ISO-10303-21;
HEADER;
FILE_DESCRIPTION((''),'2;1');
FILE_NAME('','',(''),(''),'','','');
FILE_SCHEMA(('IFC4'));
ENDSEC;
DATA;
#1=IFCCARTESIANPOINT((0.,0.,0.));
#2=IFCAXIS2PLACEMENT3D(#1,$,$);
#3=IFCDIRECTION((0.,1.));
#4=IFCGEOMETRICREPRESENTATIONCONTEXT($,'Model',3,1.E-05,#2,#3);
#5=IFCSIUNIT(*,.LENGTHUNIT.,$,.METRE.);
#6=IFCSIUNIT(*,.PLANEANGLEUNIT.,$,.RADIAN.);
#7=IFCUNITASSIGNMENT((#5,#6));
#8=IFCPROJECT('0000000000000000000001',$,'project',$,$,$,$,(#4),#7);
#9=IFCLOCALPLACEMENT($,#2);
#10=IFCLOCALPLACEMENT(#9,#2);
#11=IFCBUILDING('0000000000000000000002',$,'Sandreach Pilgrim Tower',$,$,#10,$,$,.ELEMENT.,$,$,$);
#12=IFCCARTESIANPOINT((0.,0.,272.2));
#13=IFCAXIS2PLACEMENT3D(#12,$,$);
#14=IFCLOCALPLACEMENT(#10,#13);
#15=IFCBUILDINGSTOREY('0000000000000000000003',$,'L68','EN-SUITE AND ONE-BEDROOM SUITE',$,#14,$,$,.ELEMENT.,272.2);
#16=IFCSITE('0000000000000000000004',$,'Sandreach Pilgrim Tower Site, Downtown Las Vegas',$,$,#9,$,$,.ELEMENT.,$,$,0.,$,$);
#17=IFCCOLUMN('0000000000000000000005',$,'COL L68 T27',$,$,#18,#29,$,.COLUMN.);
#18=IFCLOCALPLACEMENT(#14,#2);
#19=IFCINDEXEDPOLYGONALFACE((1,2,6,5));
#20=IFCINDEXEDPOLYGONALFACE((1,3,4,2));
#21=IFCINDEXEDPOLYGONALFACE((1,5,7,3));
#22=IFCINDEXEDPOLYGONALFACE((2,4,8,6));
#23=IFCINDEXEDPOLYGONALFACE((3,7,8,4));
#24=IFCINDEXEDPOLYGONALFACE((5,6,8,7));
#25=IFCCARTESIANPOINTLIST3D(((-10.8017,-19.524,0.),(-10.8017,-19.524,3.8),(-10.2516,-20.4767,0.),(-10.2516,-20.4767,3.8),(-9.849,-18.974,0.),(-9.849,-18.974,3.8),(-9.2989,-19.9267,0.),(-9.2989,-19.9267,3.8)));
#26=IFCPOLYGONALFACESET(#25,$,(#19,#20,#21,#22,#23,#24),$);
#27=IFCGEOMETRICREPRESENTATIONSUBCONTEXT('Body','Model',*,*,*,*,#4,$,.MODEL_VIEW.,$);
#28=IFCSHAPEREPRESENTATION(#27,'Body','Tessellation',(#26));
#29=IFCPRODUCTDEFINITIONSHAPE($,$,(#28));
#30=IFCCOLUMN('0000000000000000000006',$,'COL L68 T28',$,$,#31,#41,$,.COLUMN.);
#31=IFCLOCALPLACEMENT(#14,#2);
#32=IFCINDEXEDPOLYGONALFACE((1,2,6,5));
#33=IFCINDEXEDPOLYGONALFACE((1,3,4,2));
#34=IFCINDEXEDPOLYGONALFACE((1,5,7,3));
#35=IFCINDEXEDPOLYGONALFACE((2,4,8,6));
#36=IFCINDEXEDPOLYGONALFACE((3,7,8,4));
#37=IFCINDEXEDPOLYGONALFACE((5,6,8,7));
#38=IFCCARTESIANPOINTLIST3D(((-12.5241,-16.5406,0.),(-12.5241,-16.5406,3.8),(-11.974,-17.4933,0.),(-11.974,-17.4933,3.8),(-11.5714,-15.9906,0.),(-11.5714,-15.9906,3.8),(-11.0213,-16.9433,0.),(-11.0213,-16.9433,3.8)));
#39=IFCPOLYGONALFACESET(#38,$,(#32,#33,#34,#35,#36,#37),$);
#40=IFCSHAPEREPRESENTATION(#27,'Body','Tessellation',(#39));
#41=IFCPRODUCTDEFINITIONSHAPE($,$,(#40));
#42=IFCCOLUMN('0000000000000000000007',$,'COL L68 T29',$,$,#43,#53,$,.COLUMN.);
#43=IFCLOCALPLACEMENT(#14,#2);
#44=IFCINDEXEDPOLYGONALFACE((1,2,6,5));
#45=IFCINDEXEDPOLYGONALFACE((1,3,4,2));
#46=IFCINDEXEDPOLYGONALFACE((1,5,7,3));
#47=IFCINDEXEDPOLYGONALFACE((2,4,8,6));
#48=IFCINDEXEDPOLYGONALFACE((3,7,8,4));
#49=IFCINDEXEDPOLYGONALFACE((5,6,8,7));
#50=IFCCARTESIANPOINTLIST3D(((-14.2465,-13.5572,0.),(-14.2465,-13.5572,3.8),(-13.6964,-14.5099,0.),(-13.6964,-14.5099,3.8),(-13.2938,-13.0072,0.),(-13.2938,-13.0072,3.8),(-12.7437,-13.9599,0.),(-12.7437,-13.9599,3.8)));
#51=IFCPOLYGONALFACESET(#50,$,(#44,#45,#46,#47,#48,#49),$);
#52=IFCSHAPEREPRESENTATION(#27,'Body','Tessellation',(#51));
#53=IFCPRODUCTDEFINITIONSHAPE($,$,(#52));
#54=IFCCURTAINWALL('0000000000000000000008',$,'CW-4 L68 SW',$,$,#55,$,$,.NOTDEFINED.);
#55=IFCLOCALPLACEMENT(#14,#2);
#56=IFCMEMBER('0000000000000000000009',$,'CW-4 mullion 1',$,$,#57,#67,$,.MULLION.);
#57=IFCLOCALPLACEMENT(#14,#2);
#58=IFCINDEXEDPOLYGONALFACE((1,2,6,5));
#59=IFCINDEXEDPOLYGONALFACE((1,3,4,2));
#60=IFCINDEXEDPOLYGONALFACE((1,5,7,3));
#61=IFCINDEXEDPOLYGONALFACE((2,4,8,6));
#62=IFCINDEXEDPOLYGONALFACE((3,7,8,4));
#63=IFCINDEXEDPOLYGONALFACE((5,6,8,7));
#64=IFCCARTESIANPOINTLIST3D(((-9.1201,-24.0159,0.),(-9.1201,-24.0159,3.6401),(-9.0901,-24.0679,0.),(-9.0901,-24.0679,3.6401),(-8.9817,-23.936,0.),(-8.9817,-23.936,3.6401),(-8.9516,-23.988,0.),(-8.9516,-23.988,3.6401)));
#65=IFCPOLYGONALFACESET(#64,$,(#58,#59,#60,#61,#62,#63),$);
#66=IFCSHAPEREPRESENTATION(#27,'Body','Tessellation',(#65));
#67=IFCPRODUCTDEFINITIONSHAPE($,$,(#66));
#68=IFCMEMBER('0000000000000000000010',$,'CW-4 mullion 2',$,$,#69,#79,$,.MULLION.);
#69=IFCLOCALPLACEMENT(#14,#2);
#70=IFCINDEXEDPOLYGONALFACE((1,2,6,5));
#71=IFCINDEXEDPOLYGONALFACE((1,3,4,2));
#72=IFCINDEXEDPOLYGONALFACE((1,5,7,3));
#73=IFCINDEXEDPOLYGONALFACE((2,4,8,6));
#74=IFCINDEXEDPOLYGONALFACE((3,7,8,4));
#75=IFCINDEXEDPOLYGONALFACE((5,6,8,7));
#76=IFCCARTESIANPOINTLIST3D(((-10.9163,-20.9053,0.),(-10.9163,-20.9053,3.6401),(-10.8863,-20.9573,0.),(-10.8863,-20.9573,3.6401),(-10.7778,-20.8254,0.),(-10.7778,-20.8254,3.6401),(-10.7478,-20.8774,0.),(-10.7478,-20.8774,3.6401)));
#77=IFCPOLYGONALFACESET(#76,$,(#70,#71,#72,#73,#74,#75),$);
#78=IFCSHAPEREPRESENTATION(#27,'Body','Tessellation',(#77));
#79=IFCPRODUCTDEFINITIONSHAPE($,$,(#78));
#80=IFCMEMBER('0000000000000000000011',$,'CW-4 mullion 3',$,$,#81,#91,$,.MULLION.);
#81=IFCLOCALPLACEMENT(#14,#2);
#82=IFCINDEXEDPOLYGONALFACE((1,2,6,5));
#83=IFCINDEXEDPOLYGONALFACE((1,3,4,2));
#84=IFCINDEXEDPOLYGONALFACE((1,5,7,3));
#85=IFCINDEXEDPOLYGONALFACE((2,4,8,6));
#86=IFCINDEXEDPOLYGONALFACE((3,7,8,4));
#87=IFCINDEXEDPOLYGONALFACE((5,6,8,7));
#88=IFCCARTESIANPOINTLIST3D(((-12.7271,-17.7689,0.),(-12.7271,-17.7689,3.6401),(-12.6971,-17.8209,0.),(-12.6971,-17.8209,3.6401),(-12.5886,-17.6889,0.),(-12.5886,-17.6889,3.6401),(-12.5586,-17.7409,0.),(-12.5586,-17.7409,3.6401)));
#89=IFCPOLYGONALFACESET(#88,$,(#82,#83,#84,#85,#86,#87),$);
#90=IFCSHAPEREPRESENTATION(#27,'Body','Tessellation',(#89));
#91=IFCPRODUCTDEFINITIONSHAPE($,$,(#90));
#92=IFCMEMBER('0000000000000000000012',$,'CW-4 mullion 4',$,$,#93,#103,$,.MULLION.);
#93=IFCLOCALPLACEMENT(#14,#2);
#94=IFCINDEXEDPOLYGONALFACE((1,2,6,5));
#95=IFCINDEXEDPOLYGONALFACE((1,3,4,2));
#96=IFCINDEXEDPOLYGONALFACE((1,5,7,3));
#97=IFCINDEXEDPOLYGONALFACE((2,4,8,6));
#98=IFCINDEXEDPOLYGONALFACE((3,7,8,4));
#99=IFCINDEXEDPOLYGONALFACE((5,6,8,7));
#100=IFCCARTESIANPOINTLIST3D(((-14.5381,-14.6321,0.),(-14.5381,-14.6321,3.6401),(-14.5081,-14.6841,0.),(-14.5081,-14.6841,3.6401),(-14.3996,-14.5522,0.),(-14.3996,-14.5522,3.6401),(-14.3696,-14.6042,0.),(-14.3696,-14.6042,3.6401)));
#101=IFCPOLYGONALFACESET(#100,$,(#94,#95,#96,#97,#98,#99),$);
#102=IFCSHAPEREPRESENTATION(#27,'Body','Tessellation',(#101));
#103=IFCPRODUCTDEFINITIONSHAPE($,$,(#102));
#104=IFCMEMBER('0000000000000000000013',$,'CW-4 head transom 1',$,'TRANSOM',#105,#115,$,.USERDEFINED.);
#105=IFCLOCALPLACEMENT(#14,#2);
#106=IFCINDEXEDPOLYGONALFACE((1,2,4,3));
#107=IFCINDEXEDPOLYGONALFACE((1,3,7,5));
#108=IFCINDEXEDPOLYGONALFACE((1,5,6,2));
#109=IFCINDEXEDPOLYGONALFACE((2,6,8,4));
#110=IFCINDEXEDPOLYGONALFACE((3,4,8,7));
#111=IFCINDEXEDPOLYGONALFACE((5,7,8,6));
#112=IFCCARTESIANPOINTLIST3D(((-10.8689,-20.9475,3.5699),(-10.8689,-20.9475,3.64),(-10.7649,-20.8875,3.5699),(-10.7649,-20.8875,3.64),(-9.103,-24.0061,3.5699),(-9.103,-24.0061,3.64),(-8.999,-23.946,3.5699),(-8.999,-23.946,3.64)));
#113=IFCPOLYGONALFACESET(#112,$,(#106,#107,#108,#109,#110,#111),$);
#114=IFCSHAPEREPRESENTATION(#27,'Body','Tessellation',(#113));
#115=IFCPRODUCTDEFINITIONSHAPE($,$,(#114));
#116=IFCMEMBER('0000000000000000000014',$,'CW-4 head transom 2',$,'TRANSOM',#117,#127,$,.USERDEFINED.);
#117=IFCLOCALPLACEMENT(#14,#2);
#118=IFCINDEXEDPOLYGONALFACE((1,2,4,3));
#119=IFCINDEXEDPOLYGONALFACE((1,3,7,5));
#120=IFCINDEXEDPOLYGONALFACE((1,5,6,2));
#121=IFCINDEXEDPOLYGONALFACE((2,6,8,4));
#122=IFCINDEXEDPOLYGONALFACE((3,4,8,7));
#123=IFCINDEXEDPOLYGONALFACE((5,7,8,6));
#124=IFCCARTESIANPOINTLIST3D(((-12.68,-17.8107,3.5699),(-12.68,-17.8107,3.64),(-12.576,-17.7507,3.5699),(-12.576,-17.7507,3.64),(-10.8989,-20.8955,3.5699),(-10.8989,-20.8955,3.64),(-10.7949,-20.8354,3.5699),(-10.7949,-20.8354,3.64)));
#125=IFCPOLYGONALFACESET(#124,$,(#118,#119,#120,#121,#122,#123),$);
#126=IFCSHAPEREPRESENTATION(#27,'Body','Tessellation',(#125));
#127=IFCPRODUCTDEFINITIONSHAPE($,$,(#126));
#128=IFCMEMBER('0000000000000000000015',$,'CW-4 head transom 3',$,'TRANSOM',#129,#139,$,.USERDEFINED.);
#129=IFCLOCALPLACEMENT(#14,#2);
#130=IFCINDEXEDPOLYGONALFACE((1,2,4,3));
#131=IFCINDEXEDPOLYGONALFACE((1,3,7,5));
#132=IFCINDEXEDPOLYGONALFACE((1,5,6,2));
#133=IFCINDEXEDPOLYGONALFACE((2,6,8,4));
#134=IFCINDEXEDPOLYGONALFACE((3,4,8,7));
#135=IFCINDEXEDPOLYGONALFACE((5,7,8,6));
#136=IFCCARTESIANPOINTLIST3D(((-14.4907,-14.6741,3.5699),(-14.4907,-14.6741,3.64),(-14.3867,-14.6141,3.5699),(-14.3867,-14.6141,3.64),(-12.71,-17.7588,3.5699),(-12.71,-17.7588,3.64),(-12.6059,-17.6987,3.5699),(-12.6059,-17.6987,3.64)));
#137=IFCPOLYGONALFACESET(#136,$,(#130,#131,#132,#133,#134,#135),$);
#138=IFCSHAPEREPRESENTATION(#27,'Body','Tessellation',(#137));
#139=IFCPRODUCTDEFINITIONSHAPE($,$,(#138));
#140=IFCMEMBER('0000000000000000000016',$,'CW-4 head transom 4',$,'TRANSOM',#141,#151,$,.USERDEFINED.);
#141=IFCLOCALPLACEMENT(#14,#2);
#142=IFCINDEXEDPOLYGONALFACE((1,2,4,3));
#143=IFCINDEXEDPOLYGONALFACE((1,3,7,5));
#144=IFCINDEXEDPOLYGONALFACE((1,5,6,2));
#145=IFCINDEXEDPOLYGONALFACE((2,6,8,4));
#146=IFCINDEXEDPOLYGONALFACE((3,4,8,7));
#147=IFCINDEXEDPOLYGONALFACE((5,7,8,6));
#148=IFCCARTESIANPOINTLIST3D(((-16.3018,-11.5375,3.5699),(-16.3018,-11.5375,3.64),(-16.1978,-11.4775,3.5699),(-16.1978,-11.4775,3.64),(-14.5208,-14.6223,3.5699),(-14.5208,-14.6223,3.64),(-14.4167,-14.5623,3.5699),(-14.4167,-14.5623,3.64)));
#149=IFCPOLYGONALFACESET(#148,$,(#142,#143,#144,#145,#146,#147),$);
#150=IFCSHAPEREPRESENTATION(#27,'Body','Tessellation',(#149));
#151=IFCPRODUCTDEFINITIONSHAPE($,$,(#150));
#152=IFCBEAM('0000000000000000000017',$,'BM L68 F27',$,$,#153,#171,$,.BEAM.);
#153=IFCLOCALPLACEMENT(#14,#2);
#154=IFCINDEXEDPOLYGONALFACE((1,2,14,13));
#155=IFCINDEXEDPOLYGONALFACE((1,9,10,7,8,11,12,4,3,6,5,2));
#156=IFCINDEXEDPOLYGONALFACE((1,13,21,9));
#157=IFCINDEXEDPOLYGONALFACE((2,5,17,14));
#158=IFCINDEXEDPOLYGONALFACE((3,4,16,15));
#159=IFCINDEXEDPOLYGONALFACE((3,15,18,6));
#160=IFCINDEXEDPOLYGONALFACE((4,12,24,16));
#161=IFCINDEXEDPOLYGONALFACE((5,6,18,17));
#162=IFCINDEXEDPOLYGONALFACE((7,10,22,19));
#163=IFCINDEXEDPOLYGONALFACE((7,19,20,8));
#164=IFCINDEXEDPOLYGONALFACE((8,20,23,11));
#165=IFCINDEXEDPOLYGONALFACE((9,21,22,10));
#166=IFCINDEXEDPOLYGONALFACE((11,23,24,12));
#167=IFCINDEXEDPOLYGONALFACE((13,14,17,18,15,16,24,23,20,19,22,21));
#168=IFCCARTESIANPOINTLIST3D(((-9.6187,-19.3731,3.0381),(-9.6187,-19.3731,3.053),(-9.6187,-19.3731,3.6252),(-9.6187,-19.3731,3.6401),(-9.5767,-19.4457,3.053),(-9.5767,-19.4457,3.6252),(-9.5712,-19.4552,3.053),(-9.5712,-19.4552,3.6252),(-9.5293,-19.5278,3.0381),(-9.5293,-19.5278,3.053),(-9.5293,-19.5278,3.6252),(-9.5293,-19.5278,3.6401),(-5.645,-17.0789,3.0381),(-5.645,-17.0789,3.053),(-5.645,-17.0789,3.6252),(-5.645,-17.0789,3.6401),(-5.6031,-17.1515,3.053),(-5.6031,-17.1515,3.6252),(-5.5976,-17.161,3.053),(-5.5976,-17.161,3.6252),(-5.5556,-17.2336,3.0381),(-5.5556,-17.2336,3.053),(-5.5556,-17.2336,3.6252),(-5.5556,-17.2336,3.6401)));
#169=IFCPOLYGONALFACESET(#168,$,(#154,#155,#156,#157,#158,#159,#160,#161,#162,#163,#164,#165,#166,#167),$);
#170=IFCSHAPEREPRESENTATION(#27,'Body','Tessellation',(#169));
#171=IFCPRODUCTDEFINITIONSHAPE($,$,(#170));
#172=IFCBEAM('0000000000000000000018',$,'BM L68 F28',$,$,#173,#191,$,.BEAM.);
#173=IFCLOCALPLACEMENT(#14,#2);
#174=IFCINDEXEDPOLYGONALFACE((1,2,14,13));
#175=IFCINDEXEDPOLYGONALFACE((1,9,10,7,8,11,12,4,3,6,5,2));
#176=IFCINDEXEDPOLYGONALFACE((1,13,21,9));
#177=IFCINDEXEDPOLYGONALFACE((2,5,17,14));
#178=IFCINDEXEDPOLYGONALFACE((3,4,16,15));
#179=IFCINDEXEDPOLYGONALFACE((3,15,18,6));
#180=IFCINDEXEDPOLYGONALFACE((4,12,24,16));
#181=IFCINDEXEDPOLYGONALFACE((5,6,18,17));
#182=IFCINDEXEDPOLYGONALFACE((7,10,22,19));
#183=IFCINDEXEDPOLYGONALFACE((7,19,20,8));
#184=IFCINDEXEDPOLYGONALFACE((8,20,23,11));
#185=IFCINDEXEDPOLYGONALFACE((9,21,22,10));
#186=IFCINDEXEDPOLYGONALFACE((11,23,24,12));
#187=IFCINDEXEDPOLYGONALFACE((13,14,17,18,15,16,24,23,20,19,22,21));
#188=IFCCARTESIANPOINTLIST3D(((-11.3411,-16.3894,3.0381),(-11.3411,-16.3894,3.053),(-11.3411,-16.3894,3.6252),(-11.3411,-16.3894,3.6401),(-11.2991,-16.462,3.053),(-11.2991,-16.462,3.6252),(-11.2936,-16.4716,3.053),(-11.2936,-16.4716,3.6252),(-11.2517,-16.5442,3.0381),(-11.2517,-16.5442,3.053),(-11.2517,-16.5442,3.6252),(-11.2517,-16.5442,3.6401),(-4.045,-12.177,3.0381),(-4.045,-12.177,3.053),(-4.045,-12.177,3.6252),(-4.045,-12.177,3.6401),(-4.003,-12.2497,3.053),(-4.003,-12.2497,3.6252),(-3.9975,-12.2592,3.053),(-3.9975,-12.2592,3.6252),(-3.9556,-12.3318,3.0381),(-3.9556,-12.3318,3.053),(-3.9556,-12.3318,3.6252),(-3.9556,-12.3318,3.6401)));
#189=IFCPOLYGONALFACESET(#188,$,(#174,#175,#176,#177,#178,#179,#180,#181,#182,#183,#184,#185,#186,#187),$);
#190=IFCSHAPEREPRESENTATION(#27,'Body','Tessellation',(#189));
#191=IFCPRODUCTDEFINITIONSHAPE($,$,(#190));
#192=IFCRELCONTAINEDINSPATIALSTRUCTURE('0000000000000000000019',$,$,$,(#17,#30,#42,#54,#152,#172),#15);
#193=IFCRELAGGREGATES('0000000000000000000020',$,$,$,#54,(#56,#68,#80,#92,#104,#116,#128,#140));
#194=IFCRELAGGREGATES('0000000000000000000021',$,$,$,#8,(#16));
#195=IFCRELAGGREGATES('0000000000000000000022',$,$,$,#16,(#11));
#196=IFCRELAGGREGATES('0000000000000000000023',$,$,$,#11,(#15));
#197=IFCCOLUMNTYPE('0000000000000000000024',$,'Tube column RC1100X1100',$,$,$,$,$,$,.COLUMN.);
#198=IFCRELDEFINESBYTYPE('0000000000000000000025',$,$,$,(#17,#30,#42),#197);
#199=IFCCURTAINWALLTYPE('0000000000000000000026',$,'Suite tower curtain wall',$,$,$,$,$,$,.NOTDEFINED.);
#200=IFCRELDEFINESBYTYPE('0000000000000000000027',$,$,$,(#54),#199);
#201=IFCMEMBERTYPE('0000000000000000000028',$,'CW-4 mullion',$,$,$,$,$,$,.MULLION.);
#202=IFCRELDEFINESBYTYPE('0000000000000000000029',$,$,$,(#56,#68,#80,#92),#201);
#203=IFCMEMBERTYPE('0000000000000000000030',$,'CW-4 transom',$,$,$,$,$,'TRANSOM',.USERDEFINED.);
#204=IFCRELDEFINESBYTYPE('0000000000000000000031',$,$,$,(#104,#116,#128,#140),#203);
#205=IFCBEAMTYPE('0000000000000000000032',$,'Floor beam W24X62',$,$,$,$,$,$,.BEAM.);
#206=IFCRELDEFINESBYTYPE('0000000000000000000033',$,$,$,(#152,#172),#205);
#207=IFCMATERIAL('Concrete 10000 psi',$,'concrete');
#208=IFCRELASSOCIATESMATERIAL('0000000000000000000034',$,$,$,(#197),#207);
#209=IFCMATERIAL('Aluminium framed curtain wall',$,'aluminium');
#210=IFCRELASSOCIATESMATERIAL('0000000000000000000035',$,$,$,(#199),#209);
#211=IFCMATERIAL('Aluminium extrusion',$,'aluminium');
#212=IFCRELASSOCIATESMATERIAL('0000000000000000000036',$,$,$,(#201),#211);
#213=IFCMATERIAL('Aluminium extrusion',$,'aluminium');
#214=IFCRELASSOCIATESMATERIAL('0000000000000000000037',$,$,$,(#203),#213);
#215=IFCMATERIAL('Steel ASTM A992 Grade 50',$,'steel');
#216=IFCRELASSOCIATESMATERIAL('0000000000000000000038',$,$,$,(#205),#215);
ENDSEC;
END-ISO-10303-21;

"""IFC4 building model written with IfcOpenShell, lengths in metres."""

from ifc_helpers import new_model, si_unit, direction, frame, origin, origin_2d, place, context, subcontext, project, spatial, rectangle, i_section, extrude, material, material_profile, profile_set, type_object, element, aggregate, save


model = new_model("IFC4")

# Units and contexts
model_context = context("Model", 3, precision=1e-05, world=origin(), true_north=direction((0.0, 1.0)))
body_context = subcontext(model_context, "Body", "Model", "MODEL_VIEW")
ifc_project = project(units=[si_unit("LENGTHUNIT", "METRE"), si_unit("PLANEANGLEUNIT", "RADIAN")], contexts=[model_context])

# Site, building, storey
site_placement = place(None, origin())
site = spatial("IfcSite", under=ifc_project, at=site_placement, Name="Sandreach Pilgrim Tower Site, Downtown Las Vegas", CompositionType="ELEMENT", RefElevation=0.0)
building_placement = place(site_placement, origin())
building = spatial("IfcBuilding", under=site, at=building_placement, Name="Sandreach Pilgrim Tower", CompositionType="ELEMENT")
storey_placement = place(building_placement, frame((0.0, 0.0, 272.2)))
storey = spatial("IfcBuildingStorey", under=building, at=storey_placement, Name="L68", Description="EN-SUITE AND ONE-BEDROOM SUITE", CompositionType="ELEMENT", Elevation=272.2)

# Columns
ifc_material_1 = material(Name="Concrete 10000 psi", Category="concrete")
ifc_material_profile_1 = material_profile(ifc_material_1, rectangle(XDim=1.1001, YDim=1.1001, at=origin_2d()), Name="RC1100X1100")
ifc_profile_set_1 = profile_set([ifc_material_profile_1], Name="Concrete 10000 psi")
column_type = type_object("IfcColumnType", Name="Tube column RC1100X1100", PredefinedType="COLUMN", material=ifc_profile_set_1)
for number, where, z_axis, x_axis, name in (
    (1, (-10.0503, -19.7253, 0.0), (0.0, 0.0, 1.0), (-0.866025, -0.5, 0.0), "COL L68 T27"),
    (2, (-11.7727, -16.7419, 0.0), (0.0, 0.0, 1.0), (-0.866025, -0.5, 0.0), "COL L68 T28"),
    (3, (-13.4951, -13.7585, 0.0), (0.0, 0.0, 1.0), (-0.866025, -0.5, 0.0), "COL L68 T29"),
):
    element("IfcColumn", number, at=place(storey_placement, frame(where, z_axis=z_axis, x_axis=x_axis)), inside=storey, type_object=column_type, Name=name, PredefinedType="COLUMN", context=body_context, shape_type="SweptSolid", body=[
        extrude(rectangle(XDim=1.1001, YDim=1.1001, at=origin_2d()), origin(), (0.0, 0.0, 1.0), 3.8),
    ])

# Curtain wall, members
ifc_material_2 = material(Name="Aluminium framed curtain wall", Category="aluminium")
curtain_wall_type = type_object("IfcCurtainWallType", Name="Suite tower curtain wall", PredefinedType="NOTDEFINED", material=ifc_material_2)
curtain_wall_placement = place(storey_placement, origin())
curtain_wall = element("IfcCurtainWall", 4, at=curtain_wall_placement, inside=storey, type_object=curtain_wall_type, Name="CW-4 L68 SW", PredefinedType="NOTDEFINED")
ifc_material_3 = material(Name="Aluminium extrusion", Category="aluminium")
ifc_material_profile_2 = material_profile(ifc_material_3, rectangle(XDim=0.0601, YDim=0.1599, at=origin_2d()), Name="CW-4M 60X160")
ifc_profile_set_2 = profile_set([ifc_material_profile_2], Name="Aluminium extrusion")
member_type_1 = type_object("IfcMemberType", Name="CW-4 mullion", PredefinedType="MULLION", material=ifc_profile_set_2)
member_1_placement = place(storey_placement, frame((-9.0359, -24.002, 0.0), z_axis=(0.0, 0.0, 1.0), x_axis=(-0.5, 0.866025, 0.0)))
member_1 = element("IfcMember", 5, at=member_1_placement, type_object=member_type_1, Name="CW-4 mullion 1", PredefinedType="MULLION", context=body_context, shape_type="SweptSolid", body=[
    extrude(rectangle(XDim=0.0601, YDim=0.1599, at=origin_2d()), origin(), (0.0, 0.0, 1.0), 3.6401),
])
member_2_placement = place(storey_placement, frame((-10.832, -20.8914, 0.0), z_axis=(0.0, 0.0, 1.0), x_axis=(-0.5, 0.866025, 0.0)))
member_2 = element("IfcMember", 6, at=member_2_placement, type_object=member_type_1, Name="CW-4 mullion 2", PredefinedType="MULLION", context=body_context, shape_type="SweptSolid", body=[
    extrude(rectangle(XDim=0.0601, YDim=0.1599, at=origin_2d()), origin(), (0.0, 0.0, 1.0), 3.6401),
])
member_3_placement = place(storey_placement, frame((-12.6428, -17.7549, 0.0), z_axis=(0.0, 0.0, 1.0), x_axis=(-0.5, 0.866025, 0.0)))
member_3 = element("IfcMember", 7, at=member_3_placement, type_object=member_type_1, Name="CW-4 mullion 3", PredefinedType="MULLION", context=body_context, shape_type="SweptSolid", body=[
    extrude(rectangle(XDim=0.0601, YDim=0.1599, at=origin_2d()), origin(), (0.0, 0.0, 1.0), 3.6401),
])
member_4_placement = place(storey_placement, frame((-14.4539, -14.6182, 0.0), z_axis=(0.0, 0.0, 1.0), x_axis=(-0.5, 0.866025, 0.0)))
member_4 = element("IfcMember", 8, at=member_4_placement, type_object=member_type_1, Name="CW-4 mullion 4", PredefinedType="MULLION", context=body_context, shape_type="SweptSolid", body=[
    extrude(rectangle(XDim=0.0601, YDim=0.1599, at=origin_2d()), origin(), (0.0, 0.0, 1.0), 3.6401),
])
ifc_material_4 = material(Name="Aluminium extrusion", Category="aluminium")
ifc_material_profile_3 = material_profile(ifc_material_4, rectangle(XDim=0.1201, YDim=0.0701, at=origin_2d()), Name="CW-4T 120X70")
ifc_profile_set_3 = profile_set([ifc_material_profile_3], Name="Aluminium extrusion")
member_type_2 = type_object("IfcMemberType", Name="CW-4 transom", ElementType="TRANSOM", PredefinedType="USERDEFINED", material=ifc_profile_set_3)
member_5_placement = place(storey_placement, frame((-9.051, -23.9761, 3.605), z_axis=(-0.499998, 0.866027, 0.0), x_axis=(-0.866027, -0.499998, 0.0)))
member_5 = element("IfcMember", 9, at=member_5_placement, type_object=member_type_2, Name="CW-4 head transom 1", ObjectType="TRANSOM", PredefinedType="USERDEFINED", context=body_context, shape_type="SweptSolid", body=[
    extrude(rectangle(XDim=0.1201, YDim=0.0701, at=origin_2d()), origin(), (0.0, 0.0, 1.0), 3.5317),
])
member_6_placement = place(storey_placement, frame((-10.8469, -20.8655, 3.605), z_axis=(-0.500009, 0.86602, 0.0), x_axis=(-0.86602, -0.500009, 0.0)))
member_6 = element("IfcMember", 10, at=member_6_placement, type_object=member_type_2, Name="CW-4 head transom 2", ObjectType="TRANSOM", PredefinedType="USERDEFINED", context=body_context, shape_type="SweptSolid", body=[
    extrude(rectangle(XDim=0.1201, YDim=0.0701, at=origin_2d()), origin(), (0.0, 0.0, 1.0), 3.562),
])
member_7_placement = place(storey_placement, frame((-12.658, -17.7288, 3.605), z_axis=(-0.499958, 0.86605, 0.0), x_axis=(-0.86605, -0.499958, 0.0)))
member_7 = element("IfcMember", 11, at=member_7_placement, type_object=member_type_2, Name="CW-4 head transom 3", ObjectType="TRANSOM", PredefinedType="USERDEFINED", context=body_context, shape_type="SweptSolid", body=[
    extrude(rectangle(XDim=0.1201, YDim=0.0701, at=origin_2d()), origin(), (0.0, 0.0, 1.0), 3.5618),
])
member_8_placement = place(storey_placement, frame((-14.4688, -14.5923, 3.605), z_axis=(-0.500009, 0.86602, 0.0), x_axis=(-0.86602, -0.500009, 0.0)))
member_8 = element("IfcMember", 12, at=member_8_placement, type_object=member_type_2, Name="CW-4 head transom 4", ObjectType="TRANSOM", PredefinedType="USERDEFINED", context=body_context, shape_type="SweptSolid", body=[
    extrude(rectangle(XDim=0.1201, YDim=0.0701, at=origin_2d()), origin(), (0.0, 0.0, 1.0), 3.562),
])

# Beams
ifc_material_5 = material(Name="Steel ASTM A992 Grade 50", Category="steel")
ifc_material_profile_4 = material_profile(ifc_material_5, i_section(OverallWidth=0.1787, OverallDepth=0.6021, WebThickness=0.011, FlangeThickness=0.0149, at=origin_2d()), Name="W24X62")
ifc_profile_set_4 = profile_set([ifc_material_profile_4], Name="Steel ASTM A992 Grade 50")
beam_type_1 = type_object("IfcBeamType", Name="Floor beam W24X62", PredefinedType="BEAM", material=ifc_profile_set_4)
beam_1_placement = place(storey_placement, frame((-9.574, -19.4504, 3.3391), z_axis=(0.866024, 0.500002, 0.0), x_axis=(-0.500002, 0.866024, 0.0)))
element("IfcBeam", 13, at=beam_1_placement, inside=storey, type_object=beam_type_1, Name="BM L68 F27", PredefinedType="BEAM", context=body_context, shape_type="SweptSolid", body=[
    extrude(i_section(OverallWidth=0.1787, OverallDepth=0.6021, WebThickness=0.011, FlangeThickness=0.0149, at=origin_2d()), origin(), (0.0, 0.0, 1.0), 4.5884),
])
beam_2_placement = place(storey_placement, frame((-11.2964, -16.4668, 3.3391), z_axis=(0.866027, 0.499998, 0.0), x_axis=(-0.499998, 0.866027, 0.0)))
element("IfcBeam", 14, at=beam_2_placement, inside=storey, type_object=beam_type_1, Name="BM L68 F28", PredefinedType="BEAM", context=body_context, shape_type="SweptSolid", body=[
    extrude(i_section(OverallWidth=0.1787, OverallDepth=0.6021, WebThickness=0.011, FlangeThickness=0.0149, at=origin_2d()), origin(), (0.0, 0.0, 1.0), 8.4248),
])

aggregate(curtain_wall, [member_1, member_2, member_3, member_4, member_5, member_6, member_7, member_8])

save(model, "model.ifc")
